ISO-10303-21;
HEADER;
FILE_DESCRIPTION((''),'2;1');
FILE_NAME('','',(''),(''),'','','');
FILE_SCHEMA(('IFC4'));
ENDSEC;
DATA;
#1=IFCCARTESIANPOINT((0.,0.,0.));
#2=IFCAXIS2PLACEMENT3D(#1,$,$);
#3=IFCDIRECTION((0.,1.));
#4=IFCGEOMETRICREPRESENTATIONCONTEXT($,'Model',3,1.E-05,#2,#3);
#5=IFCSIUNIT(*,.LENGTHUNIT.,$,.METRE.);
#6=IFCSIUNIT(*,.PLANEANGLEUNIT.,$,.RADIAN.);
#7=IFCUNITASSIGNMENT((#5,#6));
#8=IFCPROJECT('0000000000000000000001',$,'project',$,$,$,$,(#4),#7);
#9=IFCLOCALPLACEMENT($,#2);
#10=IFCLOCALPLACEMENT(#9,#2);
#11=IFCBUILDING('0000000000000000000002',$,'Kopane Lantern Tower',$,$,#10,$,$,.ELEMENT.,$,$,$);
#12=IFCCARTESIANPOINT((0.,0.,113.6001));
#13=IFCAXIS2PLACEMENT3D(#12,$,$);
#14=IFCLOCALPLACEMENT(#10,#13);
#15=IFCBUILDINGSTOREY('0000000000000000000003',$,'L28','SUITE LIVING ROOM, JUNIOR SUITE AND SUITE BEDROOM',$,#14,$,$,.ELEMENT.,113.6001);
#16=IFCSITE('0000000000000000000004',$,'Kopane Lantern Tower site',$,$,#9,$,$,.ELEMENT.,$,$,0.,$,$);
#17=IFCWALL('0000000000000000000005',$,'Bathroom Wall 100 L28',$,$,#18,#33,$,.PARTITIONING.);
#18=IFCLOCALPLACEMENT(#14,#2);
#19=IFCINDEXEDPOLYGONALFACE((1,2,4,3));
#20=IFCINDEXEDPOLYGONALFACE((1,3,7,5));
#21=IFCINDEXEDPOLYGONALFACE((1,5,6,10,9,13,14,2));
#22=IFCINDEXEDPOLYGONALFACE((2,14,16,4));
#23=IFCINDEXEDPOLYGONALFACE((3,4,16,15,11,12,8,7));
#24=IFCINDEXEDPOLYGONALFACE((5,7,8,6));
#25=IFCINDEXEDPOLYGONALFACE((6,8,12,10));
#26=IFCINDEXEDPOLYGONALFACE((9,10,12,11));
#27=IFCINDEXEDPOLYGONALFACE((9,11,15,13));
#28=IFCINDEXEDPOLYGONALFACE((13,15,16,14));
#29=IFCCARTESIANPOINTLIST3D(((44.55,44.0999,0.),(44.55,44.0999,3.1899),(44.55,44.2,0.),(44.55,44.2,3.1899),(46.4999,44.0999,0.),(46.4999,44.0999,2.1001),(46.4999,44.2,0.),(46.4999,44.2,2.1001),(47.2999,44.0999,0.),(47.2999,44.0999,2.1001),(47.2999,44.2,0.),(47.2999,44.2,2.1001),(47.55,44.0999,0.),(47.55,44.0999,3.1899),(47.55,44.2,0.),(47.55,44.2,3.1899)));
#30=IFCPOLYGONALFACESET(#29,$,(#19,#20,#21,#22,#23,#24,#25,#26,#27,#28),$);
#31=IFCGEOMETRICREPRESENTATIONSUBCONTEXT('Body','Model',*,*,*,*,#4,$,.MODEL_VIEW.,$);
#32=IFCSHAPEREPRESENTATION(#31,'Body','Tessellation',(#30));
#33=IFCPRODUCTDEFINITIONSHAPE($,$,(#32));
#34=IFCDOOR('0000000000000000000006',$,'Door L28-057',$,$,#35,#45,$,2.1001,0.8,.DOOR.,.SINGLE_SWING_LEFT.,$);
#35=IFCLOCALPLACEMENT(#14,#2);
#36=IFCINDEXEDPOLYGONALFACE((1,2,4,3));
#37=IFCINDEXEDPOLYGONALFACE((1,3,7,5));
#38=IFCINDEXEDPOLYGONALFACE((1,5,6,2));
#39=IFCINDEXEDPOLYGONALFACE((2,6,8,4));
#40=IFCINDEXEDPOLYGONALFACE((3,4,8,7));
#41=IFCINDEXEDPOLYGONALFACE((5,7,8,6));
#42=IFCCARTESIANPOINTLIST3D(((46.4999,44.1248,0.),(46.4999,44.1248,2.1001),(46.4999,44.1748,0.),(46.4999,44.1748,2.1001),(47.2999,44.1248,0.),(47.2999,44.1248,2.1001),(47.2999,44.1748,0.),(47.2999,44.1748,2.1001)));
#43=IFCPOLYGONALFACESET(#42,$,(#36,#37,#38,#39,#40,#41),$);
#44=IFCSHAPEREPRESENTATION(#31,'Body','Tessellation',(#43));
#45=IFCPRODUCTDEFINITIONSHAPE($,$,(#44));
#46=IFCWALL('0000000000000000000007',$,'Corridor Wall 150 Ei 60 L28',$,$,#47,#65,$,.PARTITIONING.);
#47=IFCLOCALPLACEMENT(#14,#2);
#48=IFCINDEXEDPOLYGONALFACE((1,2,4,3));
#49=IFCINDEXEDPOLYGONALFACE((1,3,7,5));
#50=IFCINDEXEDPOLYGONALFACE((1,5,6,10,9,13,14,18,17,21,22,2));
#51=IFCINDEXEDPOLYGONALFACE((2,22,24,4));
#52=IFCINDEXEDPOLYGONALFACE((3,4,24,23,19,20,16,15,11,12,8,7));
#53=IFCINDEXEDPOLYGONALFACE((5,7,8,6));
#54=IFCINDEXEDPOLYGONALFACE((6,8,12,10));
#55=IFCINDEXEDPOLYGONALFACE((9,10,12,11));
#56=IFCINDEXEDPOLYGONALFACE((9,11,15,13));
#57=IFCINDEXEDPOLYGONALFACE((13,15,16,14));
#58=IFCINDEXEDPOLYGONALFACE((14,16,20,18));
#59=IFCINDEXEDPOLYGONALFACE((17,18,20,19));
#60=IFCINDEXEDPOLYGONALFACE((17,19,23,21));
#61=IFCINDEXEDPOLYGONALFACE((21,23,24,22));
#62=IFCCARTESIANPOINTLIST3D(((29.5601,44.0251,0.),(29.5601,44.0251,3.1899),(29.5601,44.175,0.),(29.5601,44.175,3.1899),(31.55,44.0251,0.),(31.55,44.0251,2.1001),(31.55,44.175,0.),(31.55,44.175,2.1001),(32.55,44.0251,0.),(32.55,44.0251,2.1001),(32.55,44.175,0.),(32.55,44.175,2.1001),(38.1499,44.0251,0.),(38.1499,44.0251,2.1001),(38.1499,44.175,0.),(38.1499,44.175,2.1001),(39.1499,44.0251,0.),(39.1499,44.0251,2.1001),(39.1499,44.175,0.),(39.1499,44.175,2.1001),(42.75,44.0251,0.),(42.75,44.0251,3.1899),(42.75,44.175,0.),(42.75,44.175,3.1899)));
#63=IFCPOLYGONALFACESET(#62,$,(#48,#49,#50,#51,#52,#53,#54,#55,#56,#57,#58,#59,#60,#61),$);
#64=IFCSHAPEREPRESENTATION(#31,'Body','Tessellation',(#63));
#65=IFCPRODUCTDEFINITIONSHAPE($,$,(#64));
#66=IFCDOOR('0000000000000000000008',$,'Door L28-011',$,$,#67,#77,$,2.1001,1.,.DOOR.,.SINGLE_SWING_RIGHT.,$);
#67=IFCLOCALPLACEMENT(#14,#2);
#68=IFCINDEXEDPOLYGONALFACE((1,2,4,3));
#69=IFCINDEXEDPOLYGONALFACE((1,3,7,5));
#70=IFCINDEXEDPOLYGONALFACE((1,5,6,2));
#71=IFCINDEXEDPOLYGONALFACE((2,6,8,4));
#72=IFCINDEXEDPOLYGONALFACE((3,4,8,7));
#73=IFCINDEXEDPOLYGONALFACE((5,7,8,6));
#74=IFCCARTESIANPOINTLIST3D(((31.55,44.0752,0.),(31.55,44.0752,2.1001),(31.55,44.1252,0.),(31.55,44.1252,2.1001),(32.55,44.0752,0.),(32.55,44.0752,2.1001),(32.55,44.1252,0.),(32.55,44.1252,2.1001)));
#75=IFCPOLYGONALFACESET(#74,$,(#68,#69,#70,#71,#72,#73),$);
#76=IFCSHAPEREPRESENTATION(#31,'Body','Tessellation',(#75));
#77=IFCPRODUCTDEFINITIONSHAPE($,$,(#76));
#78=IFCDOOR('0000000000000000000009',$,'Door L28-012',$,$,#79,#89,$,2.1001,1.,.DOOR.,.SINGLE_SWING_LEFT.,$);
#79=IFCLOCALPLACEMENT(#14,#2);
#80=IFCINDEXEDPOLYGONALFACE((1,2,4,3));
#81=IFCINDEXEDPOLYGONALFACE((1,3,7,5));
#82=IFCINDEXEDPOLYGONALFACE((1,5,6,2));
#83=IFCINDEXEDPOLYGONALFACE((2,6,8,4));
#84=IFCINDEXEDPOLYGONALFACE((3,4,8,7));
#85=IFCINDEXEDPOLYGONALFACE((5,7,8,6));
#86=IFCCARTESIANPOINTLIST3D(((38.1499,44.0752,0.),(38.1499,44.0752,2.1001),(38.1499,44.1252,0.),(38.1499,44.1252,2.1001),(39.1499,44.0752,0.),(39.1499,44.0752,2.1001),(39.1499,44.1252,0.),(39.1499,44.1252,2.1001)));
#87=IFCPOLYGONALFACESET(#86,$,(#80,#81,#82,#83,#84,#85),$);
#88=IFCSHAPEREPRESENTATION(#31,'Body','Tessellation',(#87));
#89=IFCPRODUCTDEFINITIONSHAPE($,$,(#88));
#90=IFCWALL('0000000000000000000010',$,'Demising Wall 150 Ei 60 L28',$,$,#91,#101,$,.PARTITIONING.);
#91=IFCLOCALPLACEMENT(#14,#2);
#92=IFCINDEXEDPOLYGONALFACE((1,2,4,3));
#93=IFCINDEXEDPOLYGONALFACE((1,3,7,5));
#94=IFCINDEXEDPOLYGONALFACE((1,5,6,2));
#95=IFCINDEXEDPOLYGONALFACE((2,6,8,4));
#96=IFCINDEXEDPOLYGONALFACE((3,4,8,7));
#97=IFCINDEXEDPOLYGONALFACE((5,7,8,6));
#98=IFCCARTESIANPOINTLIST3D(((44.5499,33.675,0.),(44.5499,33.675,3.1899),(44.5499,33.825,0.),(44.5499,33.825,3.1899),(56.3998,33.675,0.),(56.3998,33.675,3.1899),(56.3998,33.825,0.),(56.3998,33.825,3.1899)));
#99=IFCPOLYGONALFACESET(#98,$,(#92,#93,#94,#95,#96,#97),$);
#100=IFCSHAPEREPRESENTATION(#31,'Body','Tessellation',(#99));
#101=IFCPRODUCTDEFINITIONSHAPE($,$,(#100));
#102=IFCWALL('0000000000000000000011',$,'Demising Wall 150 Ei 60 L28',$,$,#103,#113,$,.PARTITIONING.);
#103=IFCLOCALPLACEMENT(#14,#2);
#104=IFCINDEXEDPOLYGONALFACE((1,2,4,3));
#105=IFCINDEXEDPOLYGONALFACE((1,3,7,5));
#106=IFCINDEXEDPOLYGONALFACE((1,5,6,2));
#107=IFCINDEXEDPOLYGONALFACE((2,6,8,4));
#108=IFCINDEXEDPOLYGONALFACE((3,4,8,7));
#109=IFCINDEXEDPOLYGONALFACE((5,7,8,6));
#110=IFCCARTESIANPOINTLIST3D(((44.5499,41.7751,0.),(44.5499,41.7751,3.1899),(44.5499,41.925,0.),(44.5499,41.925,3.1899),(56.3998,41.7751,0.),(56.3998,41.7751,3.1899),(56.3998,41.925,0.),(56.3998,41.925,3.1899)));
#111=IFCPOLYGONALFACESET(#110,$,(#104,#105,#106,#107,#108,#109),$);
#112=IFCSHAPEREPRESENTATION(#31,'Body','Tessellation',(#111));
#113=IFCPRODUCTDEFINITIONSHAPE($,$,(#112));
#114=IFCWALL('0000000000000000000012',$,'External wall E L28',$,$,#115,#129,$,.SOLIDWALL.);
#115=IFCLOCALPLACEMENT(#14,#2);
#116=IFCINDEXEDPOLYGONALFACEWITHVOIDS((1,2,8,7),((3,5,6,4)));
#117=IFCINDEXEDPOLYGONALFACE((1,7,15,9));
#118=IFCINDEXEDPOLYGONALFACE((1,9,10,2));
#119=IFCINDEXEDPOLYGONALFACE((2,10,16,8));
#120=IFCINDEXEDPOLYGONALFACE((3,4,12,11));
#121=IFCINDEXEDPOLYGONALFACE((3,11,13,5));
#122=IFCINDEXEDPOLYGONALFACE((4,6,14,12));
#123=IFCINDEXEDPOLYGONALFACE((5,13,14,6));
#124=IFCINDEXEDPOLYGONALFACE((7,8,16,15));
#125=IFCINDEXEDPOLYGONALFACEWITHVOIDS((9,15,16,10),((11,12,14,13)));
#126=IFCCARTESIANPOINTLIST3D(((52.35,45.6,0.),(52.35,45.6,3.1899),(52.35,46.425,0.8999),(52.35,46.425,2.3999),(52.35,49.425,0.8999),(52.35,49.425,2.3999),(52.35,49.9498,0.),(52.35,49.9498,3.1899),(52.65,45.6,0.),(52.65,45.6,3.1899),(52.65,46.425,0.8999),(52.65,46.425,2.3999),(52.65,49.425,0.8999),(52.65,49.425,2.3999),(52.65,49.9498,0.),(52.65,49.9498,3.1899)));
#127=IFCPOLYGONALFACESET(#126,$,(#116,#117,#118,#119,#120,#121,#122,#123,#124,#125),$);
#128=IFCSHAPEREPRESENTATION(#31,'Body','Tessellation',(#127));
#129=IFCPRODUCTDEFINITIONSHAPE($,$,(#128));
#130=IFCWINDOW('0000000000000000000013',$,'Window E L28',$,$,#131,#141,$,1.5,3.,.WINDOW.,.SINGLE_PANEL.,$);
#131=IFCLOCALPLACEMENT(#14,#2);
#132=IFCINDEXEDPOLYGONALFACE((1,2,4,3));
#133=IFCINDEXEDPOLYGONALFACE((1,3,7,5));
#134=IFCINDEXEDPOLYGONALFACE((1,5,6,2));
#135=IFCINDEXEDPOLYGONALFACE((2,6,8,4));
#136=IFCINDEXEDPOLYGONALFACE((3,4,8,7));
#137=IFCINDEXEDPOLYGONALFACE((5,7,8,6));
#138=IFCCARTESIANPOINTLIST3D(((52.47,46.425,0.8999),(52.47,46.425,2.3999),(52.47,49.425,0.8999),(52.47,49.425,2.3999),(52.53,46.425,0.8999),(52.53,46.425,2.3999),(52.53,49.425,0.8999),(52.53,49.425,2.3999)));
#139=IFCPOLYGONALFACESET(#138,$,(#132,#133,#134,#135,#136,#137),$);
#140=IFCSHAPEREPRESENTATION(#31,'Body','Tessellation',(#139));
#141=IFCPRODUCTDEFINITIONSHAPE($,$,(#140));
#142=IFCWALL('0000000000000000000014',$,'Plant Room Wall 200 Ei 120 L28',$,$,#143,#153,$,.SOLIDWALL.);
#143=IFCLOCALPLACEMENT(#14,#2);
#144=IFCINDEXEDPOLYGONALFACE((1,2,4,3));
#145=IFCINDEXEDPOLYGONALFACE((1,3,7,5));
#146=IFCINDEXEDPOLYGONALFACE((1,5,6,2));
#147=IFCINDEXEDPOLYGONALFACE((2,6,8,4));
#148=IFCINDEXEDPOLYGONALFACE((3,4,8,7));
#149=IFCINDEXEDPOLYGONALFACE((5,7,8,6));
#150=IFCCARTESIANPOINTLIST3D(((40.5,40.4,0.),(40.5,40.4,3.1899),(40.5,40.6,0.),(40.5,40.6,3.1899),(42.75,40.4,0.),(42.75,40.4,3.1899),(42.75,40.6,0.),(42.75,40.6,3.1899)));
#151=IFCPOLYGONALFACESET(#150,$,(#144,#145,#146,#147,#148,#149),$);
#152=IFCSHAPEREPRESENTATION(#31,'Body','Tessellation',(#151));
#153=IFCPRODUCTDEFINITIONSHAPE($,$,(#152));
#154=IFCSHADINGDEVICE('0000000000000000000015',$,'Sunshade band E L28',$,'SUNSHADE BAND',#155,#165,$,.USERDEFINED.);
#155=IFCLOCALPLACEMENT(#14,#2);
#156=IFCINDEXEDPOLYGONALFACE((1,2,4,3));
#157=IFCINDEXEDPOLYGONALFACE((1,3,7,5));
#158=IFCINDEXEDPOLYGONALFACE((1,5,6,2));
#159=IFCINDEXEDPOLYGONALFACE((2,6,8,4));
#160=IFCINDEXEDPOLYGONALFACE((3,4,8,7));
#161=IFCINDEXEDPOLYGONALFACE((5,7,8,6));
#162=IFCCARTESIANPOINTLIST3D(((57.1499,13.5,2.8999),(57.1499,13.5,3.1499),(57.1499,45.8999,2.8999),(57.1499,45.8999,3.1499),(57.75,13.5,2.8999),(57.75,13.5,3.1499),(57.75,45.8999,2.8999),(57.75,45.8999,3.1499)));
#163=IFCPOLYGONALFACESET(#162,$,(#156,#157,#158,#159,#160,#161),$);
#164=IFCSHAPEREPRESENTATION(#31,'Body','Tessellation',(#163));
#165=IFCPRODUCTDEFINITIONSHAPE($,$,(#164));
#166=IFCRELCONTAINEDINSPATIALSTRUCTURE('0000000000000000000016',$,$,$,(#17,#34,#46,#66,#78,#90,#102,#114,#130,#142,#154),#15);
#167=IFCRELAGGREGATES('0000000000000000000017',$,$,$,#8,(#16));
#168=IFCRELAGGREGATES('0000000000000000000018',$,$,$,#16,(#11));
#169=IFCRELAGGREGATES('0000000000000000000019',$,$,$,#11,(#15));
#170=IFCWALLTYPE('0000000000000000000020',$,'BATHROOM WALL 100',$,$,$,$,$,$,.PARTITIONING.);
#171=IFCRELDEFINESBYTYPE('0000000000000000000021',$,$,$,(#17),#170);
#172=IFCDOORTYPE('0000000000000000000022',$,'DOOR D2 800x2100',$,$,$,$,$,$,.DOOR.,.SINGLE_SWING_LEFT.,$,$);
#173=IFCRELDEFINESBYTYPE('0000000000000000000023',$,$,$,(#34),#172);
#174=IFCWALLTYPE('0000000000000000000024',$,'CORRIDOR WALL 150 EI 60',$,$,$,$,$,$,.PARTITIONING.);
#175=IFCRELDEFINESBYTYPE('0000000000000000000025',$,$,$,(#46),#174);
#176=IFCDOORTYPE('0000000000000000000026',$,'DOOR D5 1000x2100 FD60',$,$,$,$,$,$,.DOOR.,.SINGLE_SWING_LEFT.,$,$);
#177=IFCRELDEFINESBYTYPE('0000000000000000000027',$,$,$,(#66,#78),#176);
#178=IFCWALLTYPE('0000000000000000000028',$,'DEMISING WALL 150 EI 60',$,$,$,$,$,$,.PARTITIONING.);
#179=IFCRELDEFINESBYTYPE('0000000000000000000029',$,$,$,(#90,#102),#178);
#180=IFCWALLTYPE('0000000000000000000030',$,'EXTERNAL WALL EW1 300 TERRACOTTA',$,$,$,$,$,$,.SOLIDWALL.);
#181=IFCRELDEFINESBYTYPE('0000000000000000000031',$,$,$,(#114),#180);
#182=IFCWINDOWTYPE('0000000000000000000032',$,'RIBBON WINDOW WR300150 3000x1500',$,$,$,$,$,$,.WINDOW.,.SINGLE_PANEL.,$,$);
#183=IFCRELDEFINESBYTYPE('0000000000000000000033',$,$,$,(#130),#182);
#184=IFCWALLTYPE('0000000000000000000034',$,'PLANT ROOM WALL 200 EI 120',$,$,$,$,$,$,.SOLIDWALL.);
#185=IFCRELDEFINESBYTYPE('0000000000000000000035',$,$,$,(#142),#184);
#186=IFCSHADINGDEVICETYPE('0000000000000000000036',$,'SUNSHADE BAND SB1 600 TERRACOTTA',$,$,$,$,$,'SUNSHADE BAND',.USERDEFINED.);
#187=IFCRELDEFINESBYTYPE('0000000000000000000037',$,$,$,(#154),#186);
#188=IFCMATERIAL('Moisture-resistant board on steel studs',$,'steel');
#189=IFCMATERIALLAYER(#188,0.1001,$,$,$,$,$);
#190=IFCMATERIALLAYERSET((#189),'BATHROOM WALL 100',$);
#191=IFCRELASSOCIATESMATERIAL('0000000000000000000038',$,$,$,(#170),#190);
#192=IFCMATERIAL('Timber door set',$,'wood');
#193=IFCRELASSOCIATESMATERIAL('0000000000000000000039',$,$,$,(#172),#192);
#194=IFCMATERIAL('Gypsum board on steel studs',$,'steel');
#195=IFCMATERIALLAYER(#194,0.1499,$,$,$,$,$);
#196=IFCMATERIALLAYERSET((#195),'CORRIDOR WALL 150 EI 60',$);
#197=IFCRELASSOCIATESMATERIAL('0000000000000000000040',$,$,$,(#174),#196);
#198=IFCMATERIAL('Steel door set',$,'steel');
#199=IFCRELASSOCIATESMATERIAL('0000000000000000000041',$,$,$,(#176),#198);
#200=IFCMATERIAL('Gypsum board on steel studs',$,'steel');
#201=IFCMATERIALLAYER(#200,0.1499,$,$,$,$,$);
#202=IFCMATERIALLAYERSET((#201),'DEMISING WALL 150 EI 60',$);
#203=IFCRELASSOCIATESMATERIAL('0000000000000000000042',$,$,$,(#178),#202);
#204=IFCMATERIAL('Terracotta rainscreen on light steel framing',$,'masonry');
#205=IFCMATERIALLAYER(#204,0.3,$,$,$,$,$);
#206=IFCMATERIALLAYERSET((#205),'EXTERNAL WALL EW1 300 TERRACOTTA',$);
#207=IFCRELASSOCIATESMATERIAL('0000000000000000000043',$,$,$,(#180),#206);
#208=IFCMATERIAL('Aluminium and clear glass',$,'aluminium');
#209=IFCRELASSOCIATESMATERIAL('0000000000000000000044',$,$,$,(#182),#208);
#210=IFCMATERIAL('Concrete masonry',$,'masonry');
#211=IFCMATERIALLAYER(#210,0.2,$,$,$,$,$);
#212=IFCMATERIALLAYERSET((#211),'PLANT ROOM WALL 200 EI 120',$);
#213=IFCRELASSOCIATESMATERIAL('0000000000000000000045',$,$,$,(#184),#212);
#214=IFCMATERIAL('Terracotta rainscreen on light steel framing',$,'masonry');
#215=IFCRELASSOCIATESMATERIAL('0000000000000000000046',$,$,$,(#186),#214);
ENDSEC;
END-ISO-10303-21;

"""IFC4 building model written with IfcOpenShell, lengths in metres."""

from ifc_helpers import new_model, si_unit, direction, frame, frame_2d, origin, origin_2d, place, context, subcontext, project, spatial, rectangle, extrude, material, layer, layer_set, type_object, element, fill, save


model = new_model("IFC4")

# Units and contexts
model_context = context("Model", 3, precision=1e-05, world=origin(), true_north=direction((0.0, 1.0)))
body_context = subcontext(model_context, "Body", "Model", "MODEL_VIEW")
ifc_project = project(units=[si_unit("LENGTHUNIT", "METRE"), si_unit("PLANEANGLEUNIT", "RADIAN")], contexts=[model_context])

# Site, building, storey
site_placement = place(None, origin())
site = spatial("IfcSite", under=ifc_project, at=site_placement, Name="Kopane Lantern Tower site", CompositionType="ELEMENT", RefElevation=0.0)
building_placement = place(site_placement, origin())
building = spatial("IfcBuilding", under=site, at=building_placement, Name="Kopane Lantern Tower", CompositionType="ELEMENT")
storey_placement = place(building_placement, frame((0.0, 0.0, 113.6001)))
storey = spatial("IfcBuildingStorey", under=building, at=storey_placement, Name="L28", Description="SUITE LIVING ROOM, JUNIOR SUITE AND SUITE BEDROOM", CompositionType="ELEMENT", Elevation=113.6001)

# Shared definitions
ifc_material_1 = material(Name="Moisture-resistant board on steel studs", Category="steel")
ifc_layer_1 = layer(ifc_material_1, 0.1001)
ifc_layer_set_1 = layer_set([ifc_layer_1], Name="BATHROOM WALL 100")
wall_type_1 = type_object("IfcWallType", Name="BATHROOM WALL 100", PredefinedType="PARTITIONING", material=ifc_layer_set_1)
ifc_material_2 = material(Name="Timber door set", Category="wood")
door_type_1 = type_object("IfcDoorType", Name="DOOR D2 800x2100", OperationType="SINGLE_SWING_LEFT", PredefinedType="DOOR", material=ifc_material_2)

# Wall, opening, door
wall_1_placement = place(storey_placement, frame((44.55, 44.1499, 0.0), z_axis=(0.0, 0.0, 1.0), x_axis=(1.0, 0.0, 0.0)))
wall_1 = element("IfcWall", 1, at=wall_1_placement, inside=storey, type_object=wall_type_1, Name="Bathroom Wall 100 L28", PredefinedType="PARTITIONING", context=body_context, shape_type="SweptSolid", body=[
    extrude(rectangle(XDim=3.0, YDim=0.1001, at=frame_2d((1.5, 0.0))), origin(), (0.0, 0.0, 1.0), 3.1899),
])
opening_1_placement = place(wall_1_placement, frame((1.95, 0.0, 0.0)))
opening_1 = element("IfcOpeningElement", 2, at=opening_1_placement, cuts=wall_1, PredefinedType="OPENING", context=body_context, shape_type="SweptSolid", body=[
    extrude(rectangle(XDim=0.8, YDim=2.1001, at=frame_2d((0.3999, 1.05))), frame((0.0, 0.0601, 0.0), z_axis=(0.0, -1.0, 0.0), x_axis=(1.0, 0.0, 0.0)), (0.0, 0.0, 1.0), 0.1201),
])
door_1_placement = place(opening_1_placement, origin())
door_1 = element("IfcDoor", 3, at=door_1_placement, inside=storey, type_object=door_type_1, Name="Door L28-057", OperationType="SINGLE_SWING_LEFT", OverallHeight=2.1001, OverallWidth=0.8, PredefinedType="DOOR", context=body_context, shape_type="SweptSolid", body=[
    extrude(rectangle(XDim=0.8, YDim=2.1001, at=frame_2d((0.3999, 1.05))), frame((0.0, 0.0249, 0.0), z_axis=(0.0, -1.0, 0.0), x_axis=(1.0, 0.0, 0.0)), (0.0, 0.0, 1.0), 0.05),
])
fill(opening_1, door_1)

# Wall, openings, doors
ifc_material_3 = material(Name="Gypsum board on steel studs", Category="steel")
ifc_layer_2 = layer(ifc_material_3, 0.1499)
ifc_layer_set_2 = layer_set([ifc_layer_2], Name="CORRIDOR WALL 150 EI 60")
wall_type_2 = type_object("IfcWallType", Name="CORRIDOR WALL 150 EI 60", PredefinedType="PARTITIONING", material=ifc_layer_set_2)
wall_2_placement = place(storey_placement, frame((42.75, 44.1001, 0.0), z_axis=(0.0, 0.0, 1.0), x_axis=(-1.0, 0.0, 0.0)))
wall_2 = element("IfcWall", 4, at=wall_2_placement, inside=storey, type_object=wall_type_2, Name="Corridor Wall 150 Ei 60 L28", PredefinedType="PARTITIONING", context=body_context, shape_type="SweptSolid", body=[
    extrude(rectangle(XDim=13.1899, YDim=0.1499, at=frame_2d((6.595, 0.0))), origin(), (0.0, 0.0, 1.0), 3.1899),
])
opening_2_placement = place(wall_2_placement, frame((10.2, 0.0, 0.0)))
opening_2 = element("IfcOpeningElement", 5, at=opening_2_placement, cuts=wall_2, PredefinedType="OPENING", context=body_context, shape_type="SweptSolid", body=[
    extrude(rectangle(XDim=1.0, YDim=2.1001, at=frame_2d((0.5, 1.05))), frame((0.0, 0.085, 0.0), z_axis=(0.0, -1.0, 0.0), x_axis=(1.0, 0.0, 0.0)), (0.0, 0.0, 1.0), 0.1699),
])
opening_3_placement = place(wall_2_placement, frame((3.6001, 0.0, 0.0)))
opening_3 = element("IfcOpeningElement", 6, at=opening_3_placement, cuts=wall_2, PredefinedType="OPENING", context=body_context, shape_type="SweptSolid", body=[
    extrude(rectangle(XDim=1.0, YDim=2.1001, at=frame_2d((0.5, 1.05))), frame((0.0, 0.085, 0.0), z_axis=(0.0, -1.0, 0.0), x_axis=(1.0, 0.0, 0.0)), (0.0, 0.0, 1.0), 0.1699),
])
ifc_material_4 = material(Name="Steel door set", Category="steel")
door_type_2 = type_object("IfcDoorType", Name="DOOR D5 1000x2100 FD60", OperationType="SINGLE_SWING_LEFT", PredefinedType="DOOR", material=ifc_material_4)
door_2_placement = place(opening_2_placement, origin())
door_2 = element("IfcDoor", 7, at=door_2_placement, inside=storey, type_object=door_type_2, Name="Door L28-011", OperationType="SINGLE_SWING_RIGHT", OverallHeight=2.1001, OverallWidth=1.0, PredefinedType="DOOR", context=body_context, shape_type="SweptSolid", body=[
    extrude(rectangle(XDim=1.0, YDim=2.1001, at=frame_2d((0.5, 1.05))), frame((0.0, 0.0249, 0.0), z_axis=(0.0, -1.0, 0.0), x_axis=(1.0, 0.0, 0.0)), (0.0, 0.0, 1.0), 0.05),
])
fill(opening_2, door_2)
door_3_placement = place(opening_3_placement, origin())
door_3 = element("IfcDoor", 8, at=door_3_placement, inside=storey, type_object=door_type_2, Name="Door L28-012", OperationType="SINGLE_SWING_LEFT", OverallHeight=2.1001, OverallWidth=1.0, PredefinedType="DOOR", context=body_context, shape_type="SweptSolid", body=[
    extrude(rectangle(XDim=1.0, YDim=2.1001, at=frame_2d((0.5, 1.05))), frame((0.0, 0.0249, 0.0), z_axis=(0.0, -1.0, 0.0), x_axis=(1.0, 0.0, 0.0)), (0.0, 0.0, 1.0), 0.05),
])
fill(opening_3, door_3)

# Walls
ifc_material_5 = material(Name="Gypsum board on steel studs", Category="steel")
ifc_layer_3 = layer(ifc_material_5, 0.1499)
ifc_layer_set_3 = layer_set([ifc_layer_3], Name="DEMISING WALL 150 EI 60")
wall_type_3 = type_object("IfcWallType", Name="DEMISING WALL 150 EI 60", PredefinedType="PARTITIONING", material=ifc_layer_set_3)
for number, where, z_axis, x_axis, name in (
    (9, (44.55, 33.75, 0.0), (0.0, 0.0, 1.0), (1.0, 0.0, 0.0), "Demising Wall 150 Ei 60 L28"),
    (10, (44.55, 41.8501, 0.0), (0.0, 0.0, 1.0), (1.0, 0.0, 0.0), "Demising Wall 150 Ei 60 L28"),
):
    element("IfcWall", number, at=place(storey_placement, frame(where, z_axis=z_axis, x_axis=x_axis)), inside=storey, type_object=wall_type_3, Name=name, PredefinedType="PARTITIONING", context=body_context, shape_type="SweptSolid", body=[
        extrude(rectangle(XDim=11.8499, YDim=0.1499, at=frame_2d((5.9248, 0.0))), origin(), (0.0, 0.0, 1.0), 3.1899),
    ])

# Wall, opening, window
ifc_material_6 = material(Name="Terracotta rainscreen on light steel framing", Category="masonry")
ifc_layer_4 = layer(ifc_material_6, 0.3)
ifc_layer_set_4 = layer_set([ifc_layer_4], Name="EXTERNAL WALL EW1 300 TERRACOTTA")
wall_type_4 = type_object("IfcWallType", Name="EXTERNAL WALL EW1 300 TERRACOTTA", PredefinedType="SOLIDWALL", material=ifc_layer_set_4)
wall_3_placement = place(storey_placement, frame((52.5, 45.6001, 0.0), z_axis=(0.0, 0.0, 1.0), x_axis=(0.0, 1.0, 0.0)))
wall_3 = element("IfcWall", 11, at=wall_3_placement, inside=storey, type_object=wall_type_4, Name="External wall E L28", PredefinedType="SOLIDWALL", context=body_context, shape_type="SweptSolid", body=[
    extrude(rectangle(XDim=4.3499, YDim=0.3, at=frame_2d((2.1748, 0.0))), origin(), (0.0, 0.0, 1.0), 3.1899),
])
opening_4_placement = place(wall_3_placement, frame((0.825, 0.0, 0.8999)))
opening_4 = element("IfcOpeningElement", 12, at=opening_4_placement, cuts=wall_3, PredefinedType="OPENING", context=body_context, shape_type="SweptSolid", body=[
    extrude(rectangle(XDim=3.0, YDim=1.5, at=frame_2d((1.5, 0.75))), frame((0.0, 0.1599, 0.0), z_axis=(0.0, -1.0, 0.0), x_axis=(1.0, 0.0, 0.0)), (0.0, 0.0, 1.0), 0.3201),
])
ifc_material_7 = material(Name="Aluminium and clear glass", Category="aluminium")
window_type = type_object("IfcWindowType", Name="RIBBON WINDOW WR300150 3000x1500", PartitioningType="SINGLE_PANEL", PredefinedType="WINDOW", material=ifc_material_7)
window_placement = place(opening_4_placement, origin())
window = element("IfcWindow", 13, at=window_placement, inside=storey, type_object=window_type, Name="Window E L28", OverallHeight=1.5, OverallWidth=3.0, PartitioningType="SINGLE_PANEL", PredefinedType="WINDOW", context=body_context, shape_type="SweptSolid", body=[
    extrude(rectangle(XDim=3.0, YDim=1.5, at=frame_2d((1.5, 0.75))), frame((0.0, 0.03, 0.0), z_axis=(0.0, -1.0, 0.0), x_axis=(1.0, 0.0, 0.0)), (0.0, 0.0, 1.0), 0.0601),
])
fill(opening_4, window)

# Wall
ifc_material_8 = material(Name="Concrete masonry", Category="masonry")
ifc_layer_5 = layer(ifc_material_8, 0.2)
ifc_layer_set_5 = layer_set([ifc_layer_5], Name="PLANT ROOM WALL 200 EI 120")
wall_type_5 = type_object("IfcWallType", Name="PLANT ROOM WALL 200 EI 120", PredefinedType="SOLIDWALL", material=ifc_layer_set_5)
wall_4_placement = place(storey_placement, frame((40.5, 40.5, 0.0), z_axis=(0.0, 0.0, 1.0), x_axis=(1.0, 0.0, 0.0)))
element("IfcWall", 14, at=wall_4_placement, inside=storey, type_object=wall_type_5, Name="Plant Room Wall 200 Ei 120 L28", PredefinedType="SOLIDWALL", context=body_context, shape_type="SweptSolid", body=[
    extrude(rectangle(XDim=2.25, YDim=0.2, at=frame_2d((1.125, 0.0))), origin(), (0.0, 0.0, 1.0), 3.1899),
])

# Shading device
ifc_material_9 = material(Name="Terracotta rainscreen on light steel framing", Category="masonry")
shading_device_type = type_object("IfcShadingDeviceType", Name="SUNSHADE BAND SB1 600 TERRACOTTA", ElementType="SUNSHADE BAND", PredefinedType="USERDEFINED", material=ifc_material_9)
shading_device_placement = place(storey_placement, frame((57.45, 29.7, 2.8999), z_axis=(0.0, 0.0, 1.0), x_axis=(0.0, 1.0, 0.0)))
element("IfcShadingDevice", 15, at=shading_device_placement, inside=storey, type_object=shading_device_type, Name="Sunshade band E L28", ObjectType="SUNSHADE BAND", PredefinedType="USERDEFINED", context=body_context, shape_type="SweptSolid", body=[
    extrude(rectangle(XDim=32.3999, YDim=0.6001, at=origin_2d()), origin(), (0.0, 0.0, 1.0), 0.25),
])

save(model, "model.ifc")
